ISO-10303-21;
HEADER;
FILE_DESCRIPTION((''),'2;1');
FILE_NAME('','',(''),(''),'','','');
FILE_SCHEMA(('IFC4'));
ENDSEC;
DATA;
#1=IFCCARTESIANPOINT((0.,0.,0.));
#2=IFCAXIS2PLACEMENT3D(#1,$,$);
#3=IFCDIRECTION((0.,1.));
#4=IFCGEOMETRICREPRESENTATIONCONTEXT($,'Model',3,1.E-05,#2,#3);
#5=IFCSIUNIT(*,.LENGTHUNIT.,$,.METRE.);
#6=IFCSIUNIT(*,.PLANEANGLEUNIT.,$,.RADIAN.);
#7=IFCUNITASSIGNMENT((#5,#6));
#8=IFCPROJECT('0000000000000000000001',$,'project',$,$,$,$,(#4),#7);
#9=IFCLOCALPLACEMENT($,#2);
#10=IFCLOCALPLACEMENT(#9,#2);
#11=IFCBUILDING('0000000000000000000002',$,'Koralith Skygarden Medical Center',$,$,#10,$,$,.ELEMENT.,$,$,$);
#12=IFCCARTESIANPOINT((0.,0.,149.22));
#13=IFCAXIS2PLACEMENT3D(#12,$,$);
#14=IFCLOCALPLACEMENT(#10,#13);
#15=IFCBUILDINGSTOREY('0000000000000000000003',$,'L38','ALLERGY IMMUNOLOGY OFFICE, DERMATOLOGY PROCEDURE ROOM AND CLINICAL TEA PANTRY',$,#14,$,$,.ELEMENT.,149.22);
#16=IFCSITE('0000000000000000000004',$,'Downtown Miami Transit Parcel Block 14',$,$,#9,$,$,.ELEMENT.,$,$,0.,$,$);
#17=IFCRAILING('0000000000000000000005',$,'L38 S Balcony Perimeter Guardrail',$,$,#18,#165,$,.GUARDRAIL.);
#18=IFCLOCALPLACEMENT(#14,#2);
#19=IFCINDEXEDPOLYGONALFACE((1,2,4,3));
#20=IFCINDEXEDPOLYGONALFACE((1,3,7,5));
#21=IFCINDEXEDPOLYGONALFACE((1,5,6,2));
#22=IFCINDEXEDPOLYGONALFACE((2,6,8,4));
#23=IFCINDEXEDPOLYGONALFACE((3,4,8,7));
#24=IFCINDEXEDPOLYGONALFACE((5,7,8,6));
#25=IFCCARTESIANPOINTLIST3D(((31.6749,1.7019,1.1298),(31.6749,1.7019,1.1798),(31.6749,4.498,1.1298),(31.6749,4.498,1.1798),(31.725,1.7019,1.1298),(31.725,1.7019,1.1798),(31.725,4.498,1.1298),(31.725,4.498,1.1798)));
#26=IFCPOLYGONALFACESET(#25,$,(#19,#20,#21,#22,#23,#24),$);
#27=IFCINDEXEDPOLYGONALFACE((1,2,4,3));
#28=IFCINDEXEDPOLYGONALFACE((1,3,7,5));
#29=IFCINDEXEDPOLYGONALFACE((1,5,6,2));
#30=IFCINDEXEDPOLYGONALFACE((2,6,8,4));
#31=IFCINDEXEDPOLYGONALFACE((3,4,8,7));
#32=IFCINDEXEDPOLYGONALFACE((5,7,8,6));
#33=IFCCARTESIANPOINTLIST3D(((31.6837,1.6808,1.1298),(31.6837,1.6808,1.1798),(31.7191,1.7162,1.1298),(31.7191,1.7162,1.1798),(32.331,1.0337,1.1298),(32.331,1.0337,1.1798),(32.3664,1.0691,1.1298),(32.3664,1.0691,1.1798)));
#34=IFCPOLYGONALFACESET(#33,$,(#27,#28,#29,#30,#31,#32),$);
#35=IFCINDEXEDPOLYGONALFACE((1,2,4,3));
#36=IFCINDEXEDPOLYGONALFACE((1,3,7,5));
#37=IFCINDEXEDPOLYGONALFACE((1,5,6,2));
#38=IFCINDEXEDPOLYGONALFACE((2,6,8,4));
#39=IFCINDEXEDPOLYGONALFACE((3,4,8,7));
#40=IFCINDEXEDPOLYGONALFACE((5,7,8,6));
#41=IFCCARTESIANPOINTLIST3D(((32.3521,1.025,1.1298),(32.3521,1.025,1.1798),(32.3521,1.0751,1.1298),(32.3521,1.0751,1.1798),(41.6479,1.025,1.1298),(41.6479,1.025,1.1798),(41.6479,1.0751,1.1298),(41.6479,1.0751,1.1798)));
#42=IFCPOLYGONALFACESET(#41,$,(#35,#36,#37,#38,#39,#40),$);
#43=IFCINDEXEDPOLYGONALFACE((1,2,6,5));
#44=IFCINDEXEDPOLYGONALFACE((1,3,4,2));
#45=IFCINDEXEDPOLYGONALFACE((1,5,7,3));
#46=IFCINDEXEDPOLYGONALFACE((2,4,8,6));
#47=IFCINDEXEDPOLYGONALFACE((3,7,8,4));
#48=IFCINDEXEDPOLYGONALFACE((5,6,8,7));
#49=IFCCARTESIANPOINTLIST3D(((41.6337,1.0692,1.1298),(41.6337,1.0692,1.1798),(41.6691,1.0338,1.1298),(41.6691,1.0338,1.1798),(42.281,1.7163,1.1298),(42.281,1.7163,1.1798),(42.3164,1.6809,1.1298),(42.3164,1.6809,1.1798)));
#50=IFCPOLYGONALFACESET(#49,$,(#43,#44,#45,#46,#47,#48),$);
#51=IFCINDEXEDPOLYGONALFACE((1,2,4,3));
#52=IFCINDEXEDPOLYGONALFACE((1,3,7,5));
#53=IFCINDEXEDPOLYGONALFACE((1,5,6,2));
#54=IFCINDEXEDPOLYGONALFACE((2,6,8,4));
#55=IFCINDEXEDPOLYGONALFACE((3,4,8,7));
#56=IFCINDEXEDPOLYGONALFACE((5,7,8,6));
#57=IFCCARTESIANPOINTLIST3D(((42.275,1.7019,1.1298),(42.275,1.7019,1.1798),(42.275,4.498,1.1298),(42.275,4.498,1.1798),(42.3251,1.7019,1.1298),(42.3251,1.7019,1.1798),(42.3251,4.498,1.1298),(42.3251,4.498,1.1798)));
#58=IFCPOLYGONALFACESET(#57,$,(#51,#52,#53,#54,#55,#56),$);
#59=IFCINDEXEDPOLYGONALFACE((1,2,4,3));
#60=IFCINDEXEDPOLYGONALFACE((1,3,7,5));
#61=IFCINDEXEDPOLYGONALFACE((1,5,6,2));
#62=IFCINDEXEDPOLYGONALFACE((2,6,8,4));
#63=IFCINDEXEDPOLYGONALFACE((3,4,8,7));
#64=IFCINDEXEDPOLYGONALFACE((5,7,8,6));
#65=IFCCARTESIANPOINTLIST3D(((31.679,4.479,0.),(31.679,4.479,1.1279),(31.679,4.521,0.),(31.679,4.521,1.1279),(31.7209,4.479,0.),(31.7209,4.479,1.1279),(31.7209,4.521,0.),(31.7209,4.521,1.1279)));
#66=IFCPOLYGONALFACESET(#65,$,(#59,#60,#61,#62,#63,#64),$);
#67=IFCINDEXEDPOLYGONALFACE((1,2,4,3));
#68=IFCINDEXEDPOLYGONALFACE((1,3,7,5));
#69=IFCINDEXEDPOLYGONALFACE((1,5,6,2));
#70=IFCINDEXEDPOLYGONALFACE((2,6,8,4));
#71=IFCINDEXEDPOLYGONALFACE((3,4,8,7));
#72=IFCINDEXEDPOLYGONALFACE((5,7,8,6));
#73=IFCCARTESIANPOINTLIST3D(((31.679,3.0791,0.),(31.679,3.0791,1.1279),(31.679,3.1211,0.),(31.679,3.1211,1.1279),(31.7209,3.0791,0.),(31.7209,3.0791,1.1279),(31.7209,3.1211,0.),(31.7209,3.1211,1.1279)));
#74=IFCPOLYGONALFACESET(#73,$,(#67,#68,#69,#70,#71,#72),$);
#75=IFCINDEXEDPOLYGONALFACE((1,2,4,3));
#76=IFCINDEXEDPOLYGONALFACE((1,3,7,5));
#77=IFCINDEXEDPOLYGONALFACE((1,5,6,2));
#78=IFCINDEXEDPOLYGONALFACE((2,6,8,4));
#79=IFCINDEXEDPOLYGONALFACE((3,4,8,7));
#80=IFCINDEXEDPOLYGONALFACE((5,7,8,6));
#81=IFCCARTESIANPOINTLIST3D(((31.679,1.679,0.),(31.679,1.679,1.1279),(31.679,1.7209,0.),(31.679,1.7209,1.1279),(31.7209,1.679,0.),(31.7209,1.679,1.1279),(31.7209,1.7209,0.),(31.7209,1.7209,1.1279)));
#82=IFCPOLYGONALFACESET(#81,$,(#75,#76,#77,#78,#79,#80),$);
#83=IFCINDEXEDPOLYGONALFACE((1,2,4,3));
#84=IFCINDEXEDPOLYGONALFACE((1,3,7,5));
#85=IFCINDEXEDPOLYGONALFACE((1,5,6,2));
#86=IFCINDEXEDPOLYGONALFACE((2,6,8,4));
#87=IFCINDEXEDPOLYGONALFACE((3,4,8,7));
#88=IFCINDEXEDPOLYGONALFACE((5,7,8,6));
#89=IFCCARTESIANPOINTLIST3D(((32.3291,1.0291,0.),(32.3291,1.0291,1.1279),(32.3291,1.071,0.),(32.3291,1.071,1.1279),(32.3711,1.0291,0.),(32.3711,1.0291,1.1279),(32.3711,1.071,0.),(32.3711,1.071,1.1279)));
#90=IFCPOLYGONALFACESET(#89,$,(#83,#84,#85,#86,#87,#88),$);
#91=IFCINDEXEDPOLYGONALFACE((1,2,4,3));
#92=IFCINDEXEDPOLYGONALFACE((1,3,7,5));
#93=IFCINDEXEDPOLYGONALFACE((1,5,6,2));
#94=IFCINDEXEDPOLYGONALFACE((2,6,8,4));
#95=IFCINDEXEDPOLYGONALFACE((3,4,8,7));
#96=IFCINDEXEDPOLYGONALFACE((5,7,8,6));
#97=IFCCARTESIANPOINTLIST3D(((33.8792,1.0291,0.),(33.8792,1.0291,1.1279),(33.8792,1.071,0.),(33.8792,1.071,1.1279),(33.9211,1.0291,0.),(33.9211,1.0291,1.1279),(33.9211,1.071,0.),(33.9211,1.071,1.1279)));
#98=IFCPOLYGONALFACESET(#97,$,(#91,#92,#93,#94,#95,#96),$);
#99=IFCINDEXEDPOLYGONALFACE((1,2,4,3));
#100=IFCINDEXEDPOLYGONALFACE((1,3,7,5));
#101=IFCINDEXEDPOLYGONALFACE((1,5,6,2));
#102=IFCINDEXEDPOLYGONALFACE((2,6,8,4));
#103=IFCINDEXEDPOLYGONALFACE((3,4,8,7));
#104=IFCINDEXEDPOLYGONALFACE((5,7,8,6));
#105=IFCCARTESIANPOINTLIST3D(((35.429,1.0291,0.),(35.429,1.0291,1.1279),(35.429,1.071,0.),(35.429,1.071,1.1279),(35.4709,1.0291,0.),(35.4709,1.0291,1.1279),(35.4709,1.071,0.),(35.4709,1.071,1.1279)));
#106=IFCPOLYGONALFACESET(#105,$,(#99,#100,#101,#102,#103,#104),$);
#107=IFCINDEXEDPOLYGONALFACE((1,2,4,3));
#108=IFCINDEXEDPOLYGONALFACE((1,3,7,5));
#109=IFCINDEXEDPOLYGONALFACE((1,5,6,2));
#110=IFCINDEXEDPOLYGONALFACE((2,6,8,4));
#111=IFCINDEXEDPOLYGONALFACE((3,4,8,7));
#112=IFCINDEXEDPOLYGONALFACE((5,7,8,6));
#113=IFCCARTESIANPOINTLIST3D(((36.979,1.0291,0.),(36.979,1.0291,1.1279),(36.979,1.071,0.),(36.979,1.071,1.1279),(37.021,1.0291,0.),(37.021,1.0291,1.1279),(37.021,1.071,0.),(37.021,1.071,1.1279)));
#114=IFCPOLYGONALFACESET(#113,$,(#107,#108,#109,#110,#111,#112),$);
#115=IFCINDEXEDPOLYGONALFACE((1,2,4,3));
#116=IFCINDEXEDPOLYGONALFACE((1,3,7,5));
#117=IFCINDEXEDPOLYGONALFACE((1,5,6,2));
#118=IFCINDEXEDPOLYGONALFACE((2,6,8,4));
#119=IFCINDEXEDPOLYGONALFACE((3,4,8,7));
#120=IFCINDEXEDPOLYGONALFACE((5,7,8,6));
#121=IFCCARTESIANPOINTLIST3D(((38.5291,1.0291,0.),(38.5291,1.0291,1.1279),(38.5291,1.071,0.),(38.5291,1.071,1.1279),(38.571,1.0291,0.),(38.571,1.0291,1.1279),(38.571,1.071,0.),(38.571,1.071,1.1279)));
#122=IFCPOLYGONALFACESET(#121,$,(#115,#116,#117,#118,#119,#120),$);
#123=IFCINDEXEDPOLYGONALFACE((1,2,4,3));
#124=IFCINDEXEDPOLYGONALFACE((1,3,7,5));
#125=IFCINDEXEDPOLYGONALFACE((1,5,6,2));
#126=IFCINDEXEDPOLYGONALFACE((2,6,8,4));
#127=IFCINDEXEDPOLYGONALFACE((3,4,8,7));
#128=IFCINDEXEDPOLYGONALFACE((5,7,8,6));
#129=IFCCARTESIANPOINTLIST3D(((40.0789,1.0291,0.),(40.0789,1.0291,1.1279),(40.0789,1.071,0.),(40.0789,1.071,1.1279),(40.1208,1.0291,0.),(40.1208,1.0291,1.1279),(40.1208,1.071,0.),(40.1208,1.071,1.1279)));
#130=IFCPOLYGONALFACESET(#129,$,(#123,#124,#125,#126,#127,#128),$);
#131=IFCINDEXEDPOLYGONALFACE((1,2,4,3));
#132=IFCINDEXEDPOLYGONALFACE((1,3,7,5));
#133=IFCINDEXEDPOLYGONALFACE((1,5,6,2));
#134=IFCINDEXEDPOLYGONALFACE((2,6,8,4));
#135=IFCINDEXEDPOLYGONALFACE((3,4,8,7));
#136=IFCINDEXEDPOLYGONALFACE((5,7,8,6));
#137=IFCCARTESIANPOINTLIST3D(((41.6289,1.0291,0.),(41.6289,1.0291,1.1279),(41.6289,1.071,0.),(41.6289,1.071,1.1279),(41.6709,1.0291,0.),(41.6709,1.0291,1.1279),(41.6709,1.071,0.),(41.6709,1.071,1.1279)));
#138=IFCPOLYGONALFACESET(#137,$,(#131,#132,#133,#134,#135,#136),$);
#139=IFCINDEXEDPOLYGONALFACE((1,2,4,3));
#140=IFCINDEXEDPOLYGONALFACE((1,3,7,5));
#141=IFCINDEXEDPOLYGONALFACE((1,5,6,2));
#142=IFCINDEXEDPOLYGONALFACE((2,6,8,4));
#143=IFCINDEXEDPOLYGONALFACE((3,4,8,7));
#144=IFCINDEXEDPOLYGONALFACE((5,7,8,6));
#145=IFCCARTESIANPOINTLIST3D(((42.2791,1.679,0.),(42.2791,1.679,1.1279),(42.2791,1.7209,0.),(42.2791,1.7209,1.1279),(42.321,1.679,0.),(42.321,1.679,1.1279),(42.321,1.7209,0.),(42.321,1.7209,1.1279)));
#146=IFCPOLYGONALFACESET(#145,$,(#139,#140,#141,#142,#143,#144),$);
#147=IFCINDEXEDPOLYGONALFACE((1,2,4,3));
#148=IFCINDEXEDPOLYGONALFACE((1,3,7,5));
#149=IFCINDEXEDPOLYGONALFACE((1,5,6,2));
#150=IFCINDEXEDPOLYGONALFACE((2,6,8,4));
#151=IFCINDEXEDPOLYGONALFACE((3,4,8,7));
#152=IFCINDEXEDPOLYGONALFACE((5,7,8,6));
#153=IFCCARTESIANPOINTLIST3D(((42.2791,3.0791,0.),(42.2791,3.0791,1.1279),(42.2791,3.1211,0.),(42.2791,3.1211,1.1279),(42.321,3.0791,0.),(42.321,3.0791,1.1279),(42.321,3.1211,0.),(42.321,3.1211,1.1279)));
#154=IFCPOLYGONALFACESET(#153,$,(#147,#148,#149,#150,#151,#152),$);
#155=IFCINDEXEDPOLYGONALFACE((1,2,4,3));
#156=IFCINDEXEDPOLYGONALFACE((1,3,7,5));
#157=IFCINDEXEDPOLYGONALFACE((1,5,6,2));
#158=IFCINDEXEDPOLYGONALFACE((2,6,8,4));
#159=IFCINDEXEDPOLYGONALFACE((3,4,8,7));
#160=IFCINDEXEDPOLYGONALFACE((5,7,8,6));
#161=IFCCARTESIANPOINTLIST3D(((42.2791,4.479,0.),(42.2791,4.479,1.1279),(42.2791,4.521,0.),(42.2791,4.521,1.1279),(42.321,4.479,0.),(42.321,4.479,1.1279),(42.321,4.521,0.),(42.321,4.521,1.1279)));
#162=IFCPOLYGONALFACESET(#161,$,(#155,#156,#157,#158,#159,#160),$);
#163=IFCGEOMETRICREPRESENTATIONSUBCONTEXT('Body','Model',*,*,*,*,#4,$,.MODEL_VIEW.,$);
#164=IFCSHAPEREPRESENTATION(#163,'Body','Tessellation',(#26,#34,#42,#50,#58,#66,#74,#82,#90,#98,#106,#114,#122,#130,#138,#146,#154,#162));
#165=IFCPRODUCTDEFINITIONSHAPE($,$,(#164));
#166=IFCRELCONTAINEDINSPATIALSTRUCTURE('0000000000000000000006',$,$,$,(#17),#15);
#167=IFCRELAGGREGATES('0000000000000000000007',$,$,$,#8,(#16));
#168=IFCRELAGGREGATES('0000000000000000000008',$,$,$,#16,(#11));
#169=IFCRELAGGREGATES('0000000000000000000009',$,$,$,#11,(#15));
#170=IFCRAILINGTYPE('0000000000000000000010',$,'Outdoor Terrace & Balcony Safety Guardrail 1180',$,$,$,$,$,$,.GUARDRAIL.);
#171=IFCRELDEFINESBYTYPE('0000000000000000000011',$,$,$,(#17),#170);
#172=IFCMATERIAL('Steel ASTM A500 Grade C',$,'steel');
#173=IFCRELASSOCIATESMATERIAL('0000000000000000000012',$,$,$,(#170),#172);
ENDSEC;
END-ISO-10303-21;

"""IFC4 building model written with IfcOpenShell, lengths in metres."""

from ifc_helpers import new_model, si_unit, direction, frame, origin, origin_2d, place, context, subcontext, project, spatial, rectangle, extrude, material, type_object, element, save


model = new_model("IFC4")

# Units and contexts
model_context = context("Model", 3, precision=1e-05, world=origin(), true_north=direction((0.0, 1.0)))
body_context = subcontext(model_context, "Body", "Model", "MODEL_VIEW")
ifc_project = project(units=[si_unit("LENGTHUNIT", "METRE"), si_unit("PLANEANGLEUNIT", "RADIAN")], contexts=[model_context])

# Site, building, storey
site_placement = place(None, origin())
site = spatial("IfcSite", under=ifc_project, at=site_placement, Name="Downtown Miami Transit Parcel Block 14", CompositionType="ELEMENT", RefElevation=0.0)
building_placement = place(site_placement, origin())
building = spatial("IfcBuilding", under=site, at=building_placement, Name="Koralith Skygarden Medical Center", CompositionType="ELEMENT")
storey_placement = place(building_placement, frame((0.0, 0.0, 149.22)))
storey = spatial("IfcBuildingStorey", under=building, at=storey_placement, Name="L38", Description="ALLERGY IMMUNOLOGY OFFICE, DERMATOLOGY PROCEDURE ROOM AND CLINICAL TEA PANTRY", CompositionType="ELEMENT", Elevation=149.22)

# Railing
ifc_material_1 = material(Name="Steel ASTM A500 Grade C", Category="steel")
railing_type = type_object("IfcRailingType", Name="Outdoor Terrace & Balcony Safety Guardrail 1180", PredefinedType="GUARDRAIL", material=ifc_material_1)
railing_placement = place(storey_placement, frame((31.7, 4.5, 0.0)))
element("IfcRailing", 1, at=railing_placement, inside=storey, type_object=railing_type, Name="L38 S Balcony Perimeter Guardrail", PredefinedType="GUARDRAIL", context=body_context, shape_type="SweptSolid", body=[
    extrude(rectangle(XDim=0.05, YDim=0.05, at=origin_2d()), frame((0.0, -0.002, 1.1548), z_axis=(0.0, -1.0, 0.0), x_axis=(1.0, 0.0, 0.0)), (0.0, 0.0, 1.0), 2.7961),
    extrude(rectangle(XDim=0.05, YDim=0.05, at=origin_2d()), frame((0.0015, -2.8015, 1.1548), z_axis=(0.70724, -0.706974, 0.0), x_axis=(0.706974, 0.70724, 0.0)), (0.0, 0.0, 1.0), 0.9153),
    extrude(rectangle(XDim=0.05, YDim=0.05, at=origin_2d()), frame((0.6521, -3.45, 1.1548), z_axis=(1.0, 0.0, 0.0), x_axis=(0.0, 1.0, 0.0)), (0.0, 0.0, 1.0), 9.2959),
    extrude(rectangle(XDim=0.05, YDim=0.05, at=origin_2d()), frame((9.9514, -3.4485, 1.1548), z_axis=(0.70724, 0.706974, 0.0), x_axis=(-0.706974, 0.70724, 0.0)), (0.0, 0.0, 1.0), 0.9153),
    extrude(rectangle(XDim=0.05, YDim=0.05, at=origin_2d()), frame((10.6001, -2.7981, 1.1548), z_axis=(0.0, 1.0, 0.0), x_axis=(-1.0, 0.0, 0.0)), (0.0, 0.0, 1.0), 2.7961),
    extrude(rectangle(XDim=0.042, YDim=0.042, at=origin_2d()), origin(), (0.0, 0.0, 1.0), 1.1279),
    extrude(rectangle(XDim=0.042, YDim=0.042, at=origin_2d()), frame((0.0, -1.3999, 0.0)), (0.0, 0.0, 1.0), 1.1279),
    extrude(rectangle(XDim=0.042, YDim=0.042, at=origin_2d()), frame((0.0, -2.8, 0.0)), (0.0, 0.0, 1.0), 1.1279),
    extrude(rectangle(XDim=0.042, YDim=0.042, at=origin_2d()), frame((0.6501, -3.45, 0.0)), (0.0, 0.0, 1.0), 1.1279),
    extrude(rectangle(XDim=0.042, YDim=0.042, at=origin_2d()), frame((2.2002, -3.45, 0.0)), (0.0, 0.0, 1.0), 1.1279),
    extrude(rectangle(XDim=0.042, YDim=0.042, at=origin_2d()), frame((3.75, -3.45, 0.0)), (0.0, 0.0, 1.0), 1.1279),
    extrude(rectangle(XDim=0.042, YDim=0.042, at=origin_2d()), frame((5.3, -3.45, 0.0)), (0.0, 0.0, 1.0), 1.1279),
    extrude(rectangle(XDim=0.042, YDim=0.042, at=origin_2d()), frame((6.8501, -3.45, 0.0)), (0.0, 0.0, 1.0), 1.1279),
    extrude(rectangle(XDim=0.042, YDim=0.042, at=origin_2d()), frame((8.3999, -3.45, 0.0)), (0.0, 0.0, 1.0), 1.1279),
    extrude(rectangle(XDim=0.042, YDim=0.042, at=origin_2d()), frame((9.95, -3.45, 0.0)), (0.0, 0.0, 1.0), 1.1279),
    extrude(rectangle(XDim=0.042, YDim=0.042, at=origin_2d()), frame((10.6001, -2.8, 0.0)), (0.0, 0.0, 1.0), 1.1279),
    extrude(rectangle(XDim=0.042, YDim=0.042, at=origin_2d()), frame((10.6001, -1.3999, 0.0)), (0.0, 0.0, 1.0), 1.1279),
    extrude(rectangle(XDim=0.042, YDim=0.042, at=origin_2d()), frame((10.6001, 0.0, 0.0)), (0.0, 0.0, 1.0), 1.1279),
])

save(model, "model.ifc")
